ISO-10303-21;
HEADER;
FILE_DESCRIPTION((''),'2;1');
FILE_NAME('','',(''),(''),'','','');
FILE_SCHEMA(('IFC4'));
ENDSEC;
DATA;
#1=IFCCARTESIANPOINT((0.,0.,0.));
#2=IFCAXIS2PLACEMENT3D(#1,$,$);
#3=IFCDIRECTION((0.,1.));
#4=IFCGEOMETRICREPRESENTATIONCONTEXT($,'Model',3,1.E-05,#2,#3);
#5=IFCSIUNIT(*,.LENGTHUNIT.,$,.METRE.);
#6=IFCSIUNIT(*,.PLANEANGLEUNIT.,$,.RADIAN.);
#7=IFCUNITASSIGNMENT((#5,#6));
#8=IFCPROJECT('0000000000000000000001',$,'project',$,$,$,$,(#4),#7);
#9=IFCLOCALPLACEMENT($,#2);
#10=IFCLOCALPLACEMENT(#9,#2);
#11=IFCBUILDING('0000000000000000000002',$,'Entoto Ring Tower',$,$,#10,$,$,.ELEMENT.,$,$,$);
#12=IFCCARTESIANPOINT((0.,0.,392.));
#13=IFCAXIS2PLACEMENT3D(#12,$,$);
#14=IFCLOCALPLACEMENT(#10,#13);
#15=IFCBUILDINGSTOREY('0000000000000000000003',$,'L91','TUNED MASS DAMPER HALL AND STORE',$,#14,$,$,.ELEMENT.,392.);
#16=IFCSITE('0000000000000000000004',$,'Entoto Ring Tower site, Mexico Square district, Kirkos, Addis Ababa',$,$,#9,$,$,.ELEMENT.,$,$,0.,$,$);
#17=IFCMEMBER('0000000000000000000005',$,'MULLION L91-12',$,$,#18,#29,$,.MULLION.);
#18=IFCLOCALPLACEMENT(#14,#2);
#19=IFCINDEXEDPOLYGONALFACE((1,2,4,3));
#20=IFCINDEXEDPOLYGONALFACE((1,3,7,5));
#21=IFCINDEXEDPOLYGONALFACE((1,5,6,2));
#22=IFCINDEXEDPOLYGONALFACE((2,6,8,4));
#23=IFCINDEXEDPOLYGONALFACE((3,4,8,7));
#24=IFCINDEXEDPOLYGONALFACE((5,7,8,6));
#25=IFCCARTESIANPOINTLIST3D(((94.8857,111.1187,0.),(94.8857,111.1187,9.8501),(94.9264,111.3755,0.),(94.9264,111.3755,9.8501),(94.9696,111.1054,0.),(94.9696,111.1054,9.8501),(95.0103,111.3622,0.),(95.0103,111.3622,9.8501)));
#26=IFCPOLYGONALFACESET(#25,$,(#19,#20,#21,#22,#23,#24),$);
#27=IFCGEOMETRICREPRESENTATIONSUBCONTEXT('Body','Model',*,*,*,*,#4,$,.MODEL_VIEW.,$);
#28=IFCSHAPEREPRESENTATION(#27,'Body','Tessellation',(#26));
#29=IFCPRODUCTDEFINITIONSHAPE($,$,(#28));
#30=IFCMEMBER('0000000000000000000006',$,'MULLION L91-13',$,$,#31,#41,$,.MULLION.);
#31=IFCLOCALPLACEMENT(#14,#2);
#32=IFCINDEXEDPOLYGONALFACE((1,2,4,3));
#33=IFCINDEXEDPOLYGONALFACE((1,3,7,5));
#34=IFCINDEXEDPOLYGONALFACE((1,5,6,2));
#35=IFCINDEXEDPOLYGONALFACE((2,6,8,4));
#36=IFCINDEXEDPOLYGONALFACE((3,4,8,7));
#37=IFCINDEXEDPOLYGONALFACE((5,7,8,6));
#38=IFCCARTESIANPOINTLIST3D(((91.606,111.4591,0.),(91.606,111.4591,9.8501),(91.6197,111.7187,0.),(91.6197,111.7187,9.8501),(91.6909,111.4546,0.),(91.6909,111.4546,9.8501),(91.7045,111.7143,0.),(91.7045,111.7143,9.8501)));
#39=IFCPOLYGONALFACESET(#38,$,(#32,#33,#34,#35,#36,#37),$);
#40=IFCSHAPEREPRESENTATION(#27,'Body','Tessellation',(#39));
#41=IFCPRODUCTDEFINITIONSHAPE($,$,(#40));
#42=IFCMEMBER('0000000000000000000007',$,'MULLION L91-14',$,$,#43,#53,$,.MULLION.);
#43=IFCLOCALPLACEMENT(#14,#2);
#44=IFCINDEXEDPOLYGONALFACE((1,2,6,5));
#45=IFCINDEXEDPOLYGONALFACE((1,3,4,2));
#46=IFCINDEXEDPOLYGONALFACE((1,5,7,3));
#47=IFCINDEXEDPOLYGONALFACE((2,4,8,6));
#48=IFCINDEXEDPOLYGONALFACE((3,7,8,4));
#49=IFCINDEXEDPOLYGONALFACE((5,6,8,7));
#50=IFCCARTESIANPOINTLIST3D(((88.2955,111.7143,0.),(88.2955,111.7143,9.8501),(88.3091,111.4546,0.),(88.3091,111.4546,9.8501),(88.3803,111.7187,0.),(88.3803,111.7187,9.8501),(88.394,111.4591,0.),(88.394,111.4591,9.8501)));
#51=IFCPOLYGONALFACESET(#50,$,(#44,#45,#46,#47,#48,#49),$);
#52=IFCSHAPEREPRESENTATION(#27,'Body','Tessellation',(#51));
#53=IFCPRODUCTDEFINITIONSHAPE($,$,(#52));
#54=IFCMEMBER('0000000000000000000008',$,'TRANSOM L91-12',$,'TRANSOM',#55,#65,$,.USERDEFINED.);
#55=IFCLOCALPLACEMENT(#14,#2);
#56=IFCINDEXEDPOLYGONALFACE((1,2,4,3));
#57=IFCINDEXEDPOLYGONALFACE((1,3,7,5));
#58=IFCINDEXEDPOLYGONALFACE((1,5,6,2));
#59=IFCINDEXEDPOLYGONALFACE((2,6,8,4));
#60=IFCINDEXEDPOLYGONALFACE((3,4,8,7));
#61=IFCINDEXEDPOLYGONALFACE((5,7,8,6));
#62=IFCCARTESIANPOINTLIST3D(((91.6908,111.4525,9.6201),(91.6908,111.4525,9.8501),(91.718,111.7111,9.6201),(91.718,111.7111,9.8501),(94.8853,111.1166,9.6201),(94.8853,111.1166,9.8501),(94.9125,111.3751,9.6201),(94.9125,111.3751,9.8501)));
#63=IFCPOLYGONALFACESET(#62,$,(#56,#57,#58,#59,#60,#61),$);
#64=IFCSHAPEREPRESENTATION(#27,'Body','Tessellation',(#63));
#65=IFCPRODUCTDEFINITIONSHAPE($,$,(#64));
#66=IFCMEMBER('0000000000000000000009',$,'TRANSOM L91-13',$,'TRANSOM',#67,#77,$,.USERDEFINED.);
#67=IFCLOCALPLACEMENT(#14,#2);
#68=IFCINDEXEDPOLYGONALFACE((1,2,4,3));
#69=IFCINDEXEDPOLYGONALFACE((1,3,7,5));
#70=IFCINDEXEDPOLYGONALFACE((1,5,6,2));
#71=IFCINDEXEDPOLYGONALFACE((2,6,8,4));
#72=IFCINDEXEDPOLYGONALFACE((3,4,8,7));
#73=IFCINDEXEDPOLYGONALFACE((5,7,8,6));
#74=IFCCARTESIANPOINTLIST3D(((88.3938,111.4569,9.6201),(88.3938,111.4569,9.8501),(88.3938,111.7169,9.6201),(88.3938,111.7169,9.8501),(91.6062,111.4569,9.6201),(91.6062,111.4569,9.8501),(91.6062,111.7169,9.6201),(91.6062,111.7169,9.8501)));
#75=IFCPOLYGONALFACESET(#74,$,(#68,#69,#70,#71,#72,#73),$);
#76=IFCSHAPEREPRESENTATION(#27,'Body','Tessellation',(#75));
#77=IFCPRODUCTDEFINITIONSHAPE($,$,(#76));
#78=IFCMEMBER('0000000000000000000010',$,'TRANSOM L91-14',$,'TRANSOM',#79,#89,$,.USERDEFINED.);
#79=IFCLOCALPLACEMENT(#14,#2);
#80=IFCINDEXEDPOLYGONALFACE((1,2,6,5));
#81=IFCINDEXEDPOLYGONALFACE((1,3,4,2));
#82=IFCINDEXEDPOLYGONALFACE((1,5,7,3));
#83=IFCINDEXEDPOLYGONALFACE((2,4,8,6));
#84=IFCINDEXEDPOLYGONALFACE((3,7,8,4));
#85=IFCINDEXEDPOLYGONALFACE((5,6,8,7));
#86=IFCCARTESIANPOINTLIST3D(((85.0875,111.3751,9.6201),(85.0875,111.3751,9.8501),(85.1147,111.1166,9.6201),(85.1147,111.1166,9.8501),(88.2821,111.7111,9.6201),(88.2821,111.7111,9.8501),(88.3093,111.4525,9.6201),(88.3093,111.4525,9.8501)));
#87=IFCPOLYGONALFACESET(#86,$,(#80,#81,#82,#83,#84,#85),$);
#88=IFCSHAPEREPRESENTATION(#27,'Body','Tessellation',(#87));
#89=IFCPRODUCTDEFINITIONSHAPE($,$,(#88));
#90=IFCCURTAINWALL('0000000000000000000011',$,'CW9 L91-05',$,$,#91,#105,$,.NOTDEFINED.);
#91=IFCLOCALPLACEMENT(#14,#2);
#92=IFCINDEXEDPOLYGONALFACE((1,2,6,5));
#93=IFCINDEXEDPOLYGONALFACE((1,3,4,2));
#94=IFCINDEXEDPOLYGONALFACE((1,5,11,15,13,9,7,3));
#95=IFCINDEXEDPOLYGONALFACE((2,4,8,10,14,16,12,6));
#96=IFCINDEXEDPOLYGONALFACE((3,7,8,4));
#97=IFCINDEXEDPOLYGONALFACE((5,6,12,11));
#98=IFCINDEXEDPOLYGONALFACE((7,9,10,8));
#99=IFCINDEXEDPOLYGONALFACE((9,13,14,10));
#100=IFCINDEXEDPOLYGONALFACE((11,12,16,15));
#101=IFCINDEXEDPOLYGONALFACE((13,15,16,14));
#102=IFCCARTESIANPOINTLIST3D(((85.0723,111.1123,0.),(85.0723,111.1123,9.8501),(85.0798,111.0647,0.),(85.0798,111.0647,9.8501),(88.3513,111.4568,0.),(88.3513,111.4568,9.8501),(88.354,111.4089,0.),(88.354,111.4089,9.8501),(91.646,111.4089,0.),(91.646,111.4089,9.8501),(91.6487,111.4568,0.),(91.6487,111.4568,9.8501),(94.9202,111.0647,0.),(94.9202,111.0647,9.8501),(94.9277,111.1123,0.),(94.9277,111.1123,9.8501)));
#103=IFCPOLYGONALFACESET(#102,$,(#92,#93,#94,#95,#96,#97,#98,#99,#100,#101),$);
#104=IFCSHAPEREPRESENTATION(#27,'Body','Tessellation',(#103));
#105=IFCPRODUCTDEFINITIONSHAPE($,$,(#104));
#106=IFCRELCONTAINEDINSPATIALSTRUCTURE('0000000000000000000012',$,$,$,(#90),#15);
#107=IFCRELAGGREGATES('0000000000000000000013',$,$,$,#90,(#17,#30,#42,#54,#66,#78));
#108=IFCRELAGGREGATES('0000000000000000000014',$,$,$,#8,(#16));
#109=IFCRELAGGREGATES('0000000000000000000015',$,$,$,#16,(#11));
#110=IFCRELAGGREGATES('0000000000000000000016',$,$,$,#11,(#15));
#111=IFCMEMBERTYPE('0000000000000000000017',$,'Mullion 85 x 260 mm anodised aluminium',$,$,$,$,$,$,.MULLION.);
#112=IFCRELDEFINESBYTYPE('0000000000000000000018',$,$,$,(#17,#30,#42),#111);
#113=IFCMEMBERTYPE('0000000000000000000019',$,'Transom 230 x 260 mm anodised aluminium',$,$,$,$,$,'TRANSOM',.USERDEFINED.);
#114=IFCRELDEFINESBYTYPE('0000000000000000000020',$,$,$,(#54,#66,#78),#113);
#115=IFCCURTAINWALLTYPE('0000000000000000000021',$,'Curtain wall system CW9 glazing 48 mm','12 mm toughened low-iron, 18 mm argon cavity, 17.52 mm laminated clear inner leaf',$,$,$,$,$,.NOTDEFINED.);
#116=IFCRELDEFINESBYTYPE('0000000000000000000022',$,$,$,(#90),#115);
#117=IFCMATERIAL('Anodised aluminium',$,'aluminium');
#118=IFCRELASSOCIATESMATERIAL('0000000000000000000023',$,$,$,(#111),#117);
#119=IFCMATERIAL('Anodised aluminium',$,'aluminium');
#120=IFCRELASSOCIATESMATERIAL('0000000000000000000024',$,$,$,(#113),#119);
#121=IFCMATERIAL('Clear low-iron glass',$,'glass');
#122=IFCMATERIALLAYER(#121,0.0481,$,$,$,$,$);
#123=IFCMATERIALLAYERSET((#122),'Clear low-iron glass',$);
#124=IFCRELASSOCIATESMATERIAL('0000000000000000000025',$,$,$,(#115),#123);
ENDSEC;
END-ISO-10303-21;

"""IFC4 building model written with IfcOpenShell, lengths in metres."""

from ifc_helpers import new_model, si_unit, direction, frame, origin, origin_2d, place, context, subcontext, project, spatial, polyline, rectangle, outline, extrude, material, layer, layer_set, material_profile, profile_set, type_object, element, aggregate, save


model = new_model("IFC4")

# Units and contexts
model_context = context("Model", 3, precision=1e-05, world=origin(), true_north=direction((0.0, 1.0)))
body_context = subcontext(model_context, "Body", "Model", "MODEL_VIEW")
ifc_project = project(units=[si_unit("LENGTHUNIT", "METRE"), si_unit("PLANEANGLEUNIT", "RADIAN")], contexts=[model_context])

# Members
ifc_material_1 = material(Name="Anodised aluminium", Category="aluminium")
ifc_material_profile_1 = material_profile(ifc_material_1, rectangle(XDim=0.085, YDim=0.26, at=origin_2d()), Name="Mullion 85 x 260 mm anodised aluminium")
ifc_profile_set_1 = profile_set([ifc_material_profile_1], Name="Anodised aluminium")
member_type_1 = type_object("IfcMemberType", Name="Mullion 85 x 260 mm anodised aluminium", PredefinedType="MULLION", material=ifc_profile_set_1)
site_placement = place(None, origin())
building_placement = place(site_placement, origin())
storey_placement = place(building_placement, frame((0.0, 0.0, 392.0)))
member_1_placement = place(storey_placement, frame((94.948, 111.2405, 0.0), z_axis=(0.0, 0.0, 1.0), x_axis=(-0.987688, 0.156434, 0.0)))
member_1 = element("IfcMember", 1, at=member_1_placement, type_object=member_type_1, Name="MULLION L91-12", PredefinedType="MULLION", context=body_context, shape_type="SweptSolid", body=[
    extrude(rectangle(XDim=0.085, YDim=0.26, at=origin_2d()), origin(), (0.0, 0.0, 1.0), 9.8501),
])
member_2_placement = place(storey_placement, frame((91.6553, 111.5867, 0.0), z_axis=(0.0, 0.0, 1.0), x_axis=(-0.99863, 0.052336, 0.0)))
member_2 = element("IfcMember", 2, at=member_2_placement, type_object=member_type_1, Name="MULLION L91-13", PredefinedType="MULLION", context=body_context, shape_type="SweptSolid", body=[
    extrude(rectangle(XDim=0.085, YDim=0.26, at=origin_2d()), origin(), (0.0, 0.0, 1.0), 9.8501),
])
member_3_placement = place(storey_placement, frame((88.3447, 111.5867, 0.0), z_axis=(0.0, 0.0, 1.0), x_axis=(-0.99863, -0.052336, 0.0)))
member_3 = element("IfcMember", 3, at=member_3_placement, type_object=member_type_1, Name="MULLION L91-14", PredefinedType="MULLION", context=body_context, shape_type="SweptSolid", body=[
    extrude(rectangle(XDim=0.085, YDim=0.26, at=origin_2d()), origin(), (0.0, 0.0, 1.0), 9.8501),
])
ifc_material_2 = material(Name="Anodised aluminium", Category="aluminium")
ifc_material_profile_2 = material_profile(ifc_material_2, rectangle(XDim=0.26, YDim=0.23, at=origin_2d()), Name="Transom 230 x 260 mm anodised aluminium")
ifc_profile_set_2 = profile_set([ifc_material_profile_2], Name="Anodised aluminium")
member_type_2 = type_object("IfcMemberType", Name="Transom 230 x 260 mm anodised aluminium", ElementType="TRANSOM", PredefinedType="USERDEFINED", material=ifc_profile_set_2)
member_4_placement = place(storey_placement, frame((94.8989, 111.2458, 9.7351), z_axis=(-0.994516, 0.104582, 0.0), x_axis=(-0.104582, -0.994516, 0.0)))
member_4 = element("IfcMember", 4, at=member_4_placement, type_object=member_type_2, Name="TRANSOM L91-12", ObjectType="TRANSOM", PredefinedType="USERDEFINED", context=body_context, shape_type="SweptSolid", body=[
    extrude(rectangle(XDim=0.26, YDim=0.23, at=origin_2d()), origin(), (0.0, 0.0, 1.0), 3.2122),
])
member_5_placement = place(storey_placement, frame((91.6062, 111.5869, 9.7351), z_axis=(-1.0, 0.0, 0.0), x_axis=(0.0, -1.0, 0.0)))
member_5 = element("IfcMember", 5, at=member_5_placement, type_object=member_type_2, Name="TRANSOM L91-13", ObjectType="TRANSOM", PredefinedType="USERDEFINED", context=body_context, shape_type="SweptSolid", body=[
    extrude(rectangle(XDim=0.26, YDim=0.23, at=origin_2d()), origin(), (0.0, 0.0, 1.0), 3.2124),
])
member_6_placement = place(storey_placement, frame((88.2957, 111.5818, 9.7351), z_axis=(-0.994516, -0.104582, 0.0), x_axis=(0.104582, -0.994516, 0.0)))
member_6 = element("IfcMember", 6, at=member_6_placement, type_object=member_type_2, Name="TRANSOM L91-14", ObjectType="TRANSOM", PredefinedType="USERDEFINED", context=body_context, shape_type="SweptSolid", body=[
    extrude(rectangle(XDim=0.26, YDim=0.23, at=origin_2d()), origin(), (0.0, 0.0, 1.0), 3.2122),
])

# Site, building, storey
site = spatial("IfcSite", under=ifc_project, at=site_placement, Name="Entoto Ring Tower site, Mexico Square district, Kirkos, Addis Ababa", CompositionType="ELEMENT", RefElevation=0.0)
building = spatial("IfcBuilding", under=site, at=building_placement, Name="Entoto Ring Tower", CompositionType="ELEMENT")
storey = spatial("IfcBuildingStorey", under=building, at=storey_placement, Name="L91", Description="TUNED MASS DAMPER HALL AND STORE", CompositionType="ELEMENT", Elevation=392.0)

# Curtain wall
ifc_material_3 = material(Name="Clear low-iron glass", Category="glass")
ifc_layer = layer(ifc_material_3, 0.0481)
ifc_layer_set = layer_set([ifc_layer], Name="Clear low-iron glass")
curtain_wall_type = type_object("IfcCurtainWallType", Name="Curtain wall system CW9 glazing 48 mm", Description="12 mm toughened low-iron, 18 mm argon cavity, 17.52 mm laminated clear inner leaf", PredefinedType="NOTDEFINED", material=ifc_layer_set)
curtain_wall_1_placement = place(storey_placement, origin())
curtain_wall_1 = element("IfcCurtainWall", 7, at=curtain_wall_1_placement, inside=storey, type_object=curtain_wall_type, Name="CW9 L91-05", PredefinedType="NOTDEFINED", context=body_context, shape_type="SweptSolid", body=[
    extrude(outline(polyline([(94.9277, 111.1123), (91.6487, 111.4568), (88.3513, 111.4568), (85.0723, 111.1123), (85.0798, 111.0647), (88.354, 111.4089), (91.646, 111.4089), (94.9202, 111.0647), (94.9277, 111.1123)])), origin(), (0.0, 0.0, 1.0), 9.8501),
])
aggregate(curtain_wall_1, [member_1, member_2, member_3, member_4, member_5, member_6])

save(model, "model.ifc")
